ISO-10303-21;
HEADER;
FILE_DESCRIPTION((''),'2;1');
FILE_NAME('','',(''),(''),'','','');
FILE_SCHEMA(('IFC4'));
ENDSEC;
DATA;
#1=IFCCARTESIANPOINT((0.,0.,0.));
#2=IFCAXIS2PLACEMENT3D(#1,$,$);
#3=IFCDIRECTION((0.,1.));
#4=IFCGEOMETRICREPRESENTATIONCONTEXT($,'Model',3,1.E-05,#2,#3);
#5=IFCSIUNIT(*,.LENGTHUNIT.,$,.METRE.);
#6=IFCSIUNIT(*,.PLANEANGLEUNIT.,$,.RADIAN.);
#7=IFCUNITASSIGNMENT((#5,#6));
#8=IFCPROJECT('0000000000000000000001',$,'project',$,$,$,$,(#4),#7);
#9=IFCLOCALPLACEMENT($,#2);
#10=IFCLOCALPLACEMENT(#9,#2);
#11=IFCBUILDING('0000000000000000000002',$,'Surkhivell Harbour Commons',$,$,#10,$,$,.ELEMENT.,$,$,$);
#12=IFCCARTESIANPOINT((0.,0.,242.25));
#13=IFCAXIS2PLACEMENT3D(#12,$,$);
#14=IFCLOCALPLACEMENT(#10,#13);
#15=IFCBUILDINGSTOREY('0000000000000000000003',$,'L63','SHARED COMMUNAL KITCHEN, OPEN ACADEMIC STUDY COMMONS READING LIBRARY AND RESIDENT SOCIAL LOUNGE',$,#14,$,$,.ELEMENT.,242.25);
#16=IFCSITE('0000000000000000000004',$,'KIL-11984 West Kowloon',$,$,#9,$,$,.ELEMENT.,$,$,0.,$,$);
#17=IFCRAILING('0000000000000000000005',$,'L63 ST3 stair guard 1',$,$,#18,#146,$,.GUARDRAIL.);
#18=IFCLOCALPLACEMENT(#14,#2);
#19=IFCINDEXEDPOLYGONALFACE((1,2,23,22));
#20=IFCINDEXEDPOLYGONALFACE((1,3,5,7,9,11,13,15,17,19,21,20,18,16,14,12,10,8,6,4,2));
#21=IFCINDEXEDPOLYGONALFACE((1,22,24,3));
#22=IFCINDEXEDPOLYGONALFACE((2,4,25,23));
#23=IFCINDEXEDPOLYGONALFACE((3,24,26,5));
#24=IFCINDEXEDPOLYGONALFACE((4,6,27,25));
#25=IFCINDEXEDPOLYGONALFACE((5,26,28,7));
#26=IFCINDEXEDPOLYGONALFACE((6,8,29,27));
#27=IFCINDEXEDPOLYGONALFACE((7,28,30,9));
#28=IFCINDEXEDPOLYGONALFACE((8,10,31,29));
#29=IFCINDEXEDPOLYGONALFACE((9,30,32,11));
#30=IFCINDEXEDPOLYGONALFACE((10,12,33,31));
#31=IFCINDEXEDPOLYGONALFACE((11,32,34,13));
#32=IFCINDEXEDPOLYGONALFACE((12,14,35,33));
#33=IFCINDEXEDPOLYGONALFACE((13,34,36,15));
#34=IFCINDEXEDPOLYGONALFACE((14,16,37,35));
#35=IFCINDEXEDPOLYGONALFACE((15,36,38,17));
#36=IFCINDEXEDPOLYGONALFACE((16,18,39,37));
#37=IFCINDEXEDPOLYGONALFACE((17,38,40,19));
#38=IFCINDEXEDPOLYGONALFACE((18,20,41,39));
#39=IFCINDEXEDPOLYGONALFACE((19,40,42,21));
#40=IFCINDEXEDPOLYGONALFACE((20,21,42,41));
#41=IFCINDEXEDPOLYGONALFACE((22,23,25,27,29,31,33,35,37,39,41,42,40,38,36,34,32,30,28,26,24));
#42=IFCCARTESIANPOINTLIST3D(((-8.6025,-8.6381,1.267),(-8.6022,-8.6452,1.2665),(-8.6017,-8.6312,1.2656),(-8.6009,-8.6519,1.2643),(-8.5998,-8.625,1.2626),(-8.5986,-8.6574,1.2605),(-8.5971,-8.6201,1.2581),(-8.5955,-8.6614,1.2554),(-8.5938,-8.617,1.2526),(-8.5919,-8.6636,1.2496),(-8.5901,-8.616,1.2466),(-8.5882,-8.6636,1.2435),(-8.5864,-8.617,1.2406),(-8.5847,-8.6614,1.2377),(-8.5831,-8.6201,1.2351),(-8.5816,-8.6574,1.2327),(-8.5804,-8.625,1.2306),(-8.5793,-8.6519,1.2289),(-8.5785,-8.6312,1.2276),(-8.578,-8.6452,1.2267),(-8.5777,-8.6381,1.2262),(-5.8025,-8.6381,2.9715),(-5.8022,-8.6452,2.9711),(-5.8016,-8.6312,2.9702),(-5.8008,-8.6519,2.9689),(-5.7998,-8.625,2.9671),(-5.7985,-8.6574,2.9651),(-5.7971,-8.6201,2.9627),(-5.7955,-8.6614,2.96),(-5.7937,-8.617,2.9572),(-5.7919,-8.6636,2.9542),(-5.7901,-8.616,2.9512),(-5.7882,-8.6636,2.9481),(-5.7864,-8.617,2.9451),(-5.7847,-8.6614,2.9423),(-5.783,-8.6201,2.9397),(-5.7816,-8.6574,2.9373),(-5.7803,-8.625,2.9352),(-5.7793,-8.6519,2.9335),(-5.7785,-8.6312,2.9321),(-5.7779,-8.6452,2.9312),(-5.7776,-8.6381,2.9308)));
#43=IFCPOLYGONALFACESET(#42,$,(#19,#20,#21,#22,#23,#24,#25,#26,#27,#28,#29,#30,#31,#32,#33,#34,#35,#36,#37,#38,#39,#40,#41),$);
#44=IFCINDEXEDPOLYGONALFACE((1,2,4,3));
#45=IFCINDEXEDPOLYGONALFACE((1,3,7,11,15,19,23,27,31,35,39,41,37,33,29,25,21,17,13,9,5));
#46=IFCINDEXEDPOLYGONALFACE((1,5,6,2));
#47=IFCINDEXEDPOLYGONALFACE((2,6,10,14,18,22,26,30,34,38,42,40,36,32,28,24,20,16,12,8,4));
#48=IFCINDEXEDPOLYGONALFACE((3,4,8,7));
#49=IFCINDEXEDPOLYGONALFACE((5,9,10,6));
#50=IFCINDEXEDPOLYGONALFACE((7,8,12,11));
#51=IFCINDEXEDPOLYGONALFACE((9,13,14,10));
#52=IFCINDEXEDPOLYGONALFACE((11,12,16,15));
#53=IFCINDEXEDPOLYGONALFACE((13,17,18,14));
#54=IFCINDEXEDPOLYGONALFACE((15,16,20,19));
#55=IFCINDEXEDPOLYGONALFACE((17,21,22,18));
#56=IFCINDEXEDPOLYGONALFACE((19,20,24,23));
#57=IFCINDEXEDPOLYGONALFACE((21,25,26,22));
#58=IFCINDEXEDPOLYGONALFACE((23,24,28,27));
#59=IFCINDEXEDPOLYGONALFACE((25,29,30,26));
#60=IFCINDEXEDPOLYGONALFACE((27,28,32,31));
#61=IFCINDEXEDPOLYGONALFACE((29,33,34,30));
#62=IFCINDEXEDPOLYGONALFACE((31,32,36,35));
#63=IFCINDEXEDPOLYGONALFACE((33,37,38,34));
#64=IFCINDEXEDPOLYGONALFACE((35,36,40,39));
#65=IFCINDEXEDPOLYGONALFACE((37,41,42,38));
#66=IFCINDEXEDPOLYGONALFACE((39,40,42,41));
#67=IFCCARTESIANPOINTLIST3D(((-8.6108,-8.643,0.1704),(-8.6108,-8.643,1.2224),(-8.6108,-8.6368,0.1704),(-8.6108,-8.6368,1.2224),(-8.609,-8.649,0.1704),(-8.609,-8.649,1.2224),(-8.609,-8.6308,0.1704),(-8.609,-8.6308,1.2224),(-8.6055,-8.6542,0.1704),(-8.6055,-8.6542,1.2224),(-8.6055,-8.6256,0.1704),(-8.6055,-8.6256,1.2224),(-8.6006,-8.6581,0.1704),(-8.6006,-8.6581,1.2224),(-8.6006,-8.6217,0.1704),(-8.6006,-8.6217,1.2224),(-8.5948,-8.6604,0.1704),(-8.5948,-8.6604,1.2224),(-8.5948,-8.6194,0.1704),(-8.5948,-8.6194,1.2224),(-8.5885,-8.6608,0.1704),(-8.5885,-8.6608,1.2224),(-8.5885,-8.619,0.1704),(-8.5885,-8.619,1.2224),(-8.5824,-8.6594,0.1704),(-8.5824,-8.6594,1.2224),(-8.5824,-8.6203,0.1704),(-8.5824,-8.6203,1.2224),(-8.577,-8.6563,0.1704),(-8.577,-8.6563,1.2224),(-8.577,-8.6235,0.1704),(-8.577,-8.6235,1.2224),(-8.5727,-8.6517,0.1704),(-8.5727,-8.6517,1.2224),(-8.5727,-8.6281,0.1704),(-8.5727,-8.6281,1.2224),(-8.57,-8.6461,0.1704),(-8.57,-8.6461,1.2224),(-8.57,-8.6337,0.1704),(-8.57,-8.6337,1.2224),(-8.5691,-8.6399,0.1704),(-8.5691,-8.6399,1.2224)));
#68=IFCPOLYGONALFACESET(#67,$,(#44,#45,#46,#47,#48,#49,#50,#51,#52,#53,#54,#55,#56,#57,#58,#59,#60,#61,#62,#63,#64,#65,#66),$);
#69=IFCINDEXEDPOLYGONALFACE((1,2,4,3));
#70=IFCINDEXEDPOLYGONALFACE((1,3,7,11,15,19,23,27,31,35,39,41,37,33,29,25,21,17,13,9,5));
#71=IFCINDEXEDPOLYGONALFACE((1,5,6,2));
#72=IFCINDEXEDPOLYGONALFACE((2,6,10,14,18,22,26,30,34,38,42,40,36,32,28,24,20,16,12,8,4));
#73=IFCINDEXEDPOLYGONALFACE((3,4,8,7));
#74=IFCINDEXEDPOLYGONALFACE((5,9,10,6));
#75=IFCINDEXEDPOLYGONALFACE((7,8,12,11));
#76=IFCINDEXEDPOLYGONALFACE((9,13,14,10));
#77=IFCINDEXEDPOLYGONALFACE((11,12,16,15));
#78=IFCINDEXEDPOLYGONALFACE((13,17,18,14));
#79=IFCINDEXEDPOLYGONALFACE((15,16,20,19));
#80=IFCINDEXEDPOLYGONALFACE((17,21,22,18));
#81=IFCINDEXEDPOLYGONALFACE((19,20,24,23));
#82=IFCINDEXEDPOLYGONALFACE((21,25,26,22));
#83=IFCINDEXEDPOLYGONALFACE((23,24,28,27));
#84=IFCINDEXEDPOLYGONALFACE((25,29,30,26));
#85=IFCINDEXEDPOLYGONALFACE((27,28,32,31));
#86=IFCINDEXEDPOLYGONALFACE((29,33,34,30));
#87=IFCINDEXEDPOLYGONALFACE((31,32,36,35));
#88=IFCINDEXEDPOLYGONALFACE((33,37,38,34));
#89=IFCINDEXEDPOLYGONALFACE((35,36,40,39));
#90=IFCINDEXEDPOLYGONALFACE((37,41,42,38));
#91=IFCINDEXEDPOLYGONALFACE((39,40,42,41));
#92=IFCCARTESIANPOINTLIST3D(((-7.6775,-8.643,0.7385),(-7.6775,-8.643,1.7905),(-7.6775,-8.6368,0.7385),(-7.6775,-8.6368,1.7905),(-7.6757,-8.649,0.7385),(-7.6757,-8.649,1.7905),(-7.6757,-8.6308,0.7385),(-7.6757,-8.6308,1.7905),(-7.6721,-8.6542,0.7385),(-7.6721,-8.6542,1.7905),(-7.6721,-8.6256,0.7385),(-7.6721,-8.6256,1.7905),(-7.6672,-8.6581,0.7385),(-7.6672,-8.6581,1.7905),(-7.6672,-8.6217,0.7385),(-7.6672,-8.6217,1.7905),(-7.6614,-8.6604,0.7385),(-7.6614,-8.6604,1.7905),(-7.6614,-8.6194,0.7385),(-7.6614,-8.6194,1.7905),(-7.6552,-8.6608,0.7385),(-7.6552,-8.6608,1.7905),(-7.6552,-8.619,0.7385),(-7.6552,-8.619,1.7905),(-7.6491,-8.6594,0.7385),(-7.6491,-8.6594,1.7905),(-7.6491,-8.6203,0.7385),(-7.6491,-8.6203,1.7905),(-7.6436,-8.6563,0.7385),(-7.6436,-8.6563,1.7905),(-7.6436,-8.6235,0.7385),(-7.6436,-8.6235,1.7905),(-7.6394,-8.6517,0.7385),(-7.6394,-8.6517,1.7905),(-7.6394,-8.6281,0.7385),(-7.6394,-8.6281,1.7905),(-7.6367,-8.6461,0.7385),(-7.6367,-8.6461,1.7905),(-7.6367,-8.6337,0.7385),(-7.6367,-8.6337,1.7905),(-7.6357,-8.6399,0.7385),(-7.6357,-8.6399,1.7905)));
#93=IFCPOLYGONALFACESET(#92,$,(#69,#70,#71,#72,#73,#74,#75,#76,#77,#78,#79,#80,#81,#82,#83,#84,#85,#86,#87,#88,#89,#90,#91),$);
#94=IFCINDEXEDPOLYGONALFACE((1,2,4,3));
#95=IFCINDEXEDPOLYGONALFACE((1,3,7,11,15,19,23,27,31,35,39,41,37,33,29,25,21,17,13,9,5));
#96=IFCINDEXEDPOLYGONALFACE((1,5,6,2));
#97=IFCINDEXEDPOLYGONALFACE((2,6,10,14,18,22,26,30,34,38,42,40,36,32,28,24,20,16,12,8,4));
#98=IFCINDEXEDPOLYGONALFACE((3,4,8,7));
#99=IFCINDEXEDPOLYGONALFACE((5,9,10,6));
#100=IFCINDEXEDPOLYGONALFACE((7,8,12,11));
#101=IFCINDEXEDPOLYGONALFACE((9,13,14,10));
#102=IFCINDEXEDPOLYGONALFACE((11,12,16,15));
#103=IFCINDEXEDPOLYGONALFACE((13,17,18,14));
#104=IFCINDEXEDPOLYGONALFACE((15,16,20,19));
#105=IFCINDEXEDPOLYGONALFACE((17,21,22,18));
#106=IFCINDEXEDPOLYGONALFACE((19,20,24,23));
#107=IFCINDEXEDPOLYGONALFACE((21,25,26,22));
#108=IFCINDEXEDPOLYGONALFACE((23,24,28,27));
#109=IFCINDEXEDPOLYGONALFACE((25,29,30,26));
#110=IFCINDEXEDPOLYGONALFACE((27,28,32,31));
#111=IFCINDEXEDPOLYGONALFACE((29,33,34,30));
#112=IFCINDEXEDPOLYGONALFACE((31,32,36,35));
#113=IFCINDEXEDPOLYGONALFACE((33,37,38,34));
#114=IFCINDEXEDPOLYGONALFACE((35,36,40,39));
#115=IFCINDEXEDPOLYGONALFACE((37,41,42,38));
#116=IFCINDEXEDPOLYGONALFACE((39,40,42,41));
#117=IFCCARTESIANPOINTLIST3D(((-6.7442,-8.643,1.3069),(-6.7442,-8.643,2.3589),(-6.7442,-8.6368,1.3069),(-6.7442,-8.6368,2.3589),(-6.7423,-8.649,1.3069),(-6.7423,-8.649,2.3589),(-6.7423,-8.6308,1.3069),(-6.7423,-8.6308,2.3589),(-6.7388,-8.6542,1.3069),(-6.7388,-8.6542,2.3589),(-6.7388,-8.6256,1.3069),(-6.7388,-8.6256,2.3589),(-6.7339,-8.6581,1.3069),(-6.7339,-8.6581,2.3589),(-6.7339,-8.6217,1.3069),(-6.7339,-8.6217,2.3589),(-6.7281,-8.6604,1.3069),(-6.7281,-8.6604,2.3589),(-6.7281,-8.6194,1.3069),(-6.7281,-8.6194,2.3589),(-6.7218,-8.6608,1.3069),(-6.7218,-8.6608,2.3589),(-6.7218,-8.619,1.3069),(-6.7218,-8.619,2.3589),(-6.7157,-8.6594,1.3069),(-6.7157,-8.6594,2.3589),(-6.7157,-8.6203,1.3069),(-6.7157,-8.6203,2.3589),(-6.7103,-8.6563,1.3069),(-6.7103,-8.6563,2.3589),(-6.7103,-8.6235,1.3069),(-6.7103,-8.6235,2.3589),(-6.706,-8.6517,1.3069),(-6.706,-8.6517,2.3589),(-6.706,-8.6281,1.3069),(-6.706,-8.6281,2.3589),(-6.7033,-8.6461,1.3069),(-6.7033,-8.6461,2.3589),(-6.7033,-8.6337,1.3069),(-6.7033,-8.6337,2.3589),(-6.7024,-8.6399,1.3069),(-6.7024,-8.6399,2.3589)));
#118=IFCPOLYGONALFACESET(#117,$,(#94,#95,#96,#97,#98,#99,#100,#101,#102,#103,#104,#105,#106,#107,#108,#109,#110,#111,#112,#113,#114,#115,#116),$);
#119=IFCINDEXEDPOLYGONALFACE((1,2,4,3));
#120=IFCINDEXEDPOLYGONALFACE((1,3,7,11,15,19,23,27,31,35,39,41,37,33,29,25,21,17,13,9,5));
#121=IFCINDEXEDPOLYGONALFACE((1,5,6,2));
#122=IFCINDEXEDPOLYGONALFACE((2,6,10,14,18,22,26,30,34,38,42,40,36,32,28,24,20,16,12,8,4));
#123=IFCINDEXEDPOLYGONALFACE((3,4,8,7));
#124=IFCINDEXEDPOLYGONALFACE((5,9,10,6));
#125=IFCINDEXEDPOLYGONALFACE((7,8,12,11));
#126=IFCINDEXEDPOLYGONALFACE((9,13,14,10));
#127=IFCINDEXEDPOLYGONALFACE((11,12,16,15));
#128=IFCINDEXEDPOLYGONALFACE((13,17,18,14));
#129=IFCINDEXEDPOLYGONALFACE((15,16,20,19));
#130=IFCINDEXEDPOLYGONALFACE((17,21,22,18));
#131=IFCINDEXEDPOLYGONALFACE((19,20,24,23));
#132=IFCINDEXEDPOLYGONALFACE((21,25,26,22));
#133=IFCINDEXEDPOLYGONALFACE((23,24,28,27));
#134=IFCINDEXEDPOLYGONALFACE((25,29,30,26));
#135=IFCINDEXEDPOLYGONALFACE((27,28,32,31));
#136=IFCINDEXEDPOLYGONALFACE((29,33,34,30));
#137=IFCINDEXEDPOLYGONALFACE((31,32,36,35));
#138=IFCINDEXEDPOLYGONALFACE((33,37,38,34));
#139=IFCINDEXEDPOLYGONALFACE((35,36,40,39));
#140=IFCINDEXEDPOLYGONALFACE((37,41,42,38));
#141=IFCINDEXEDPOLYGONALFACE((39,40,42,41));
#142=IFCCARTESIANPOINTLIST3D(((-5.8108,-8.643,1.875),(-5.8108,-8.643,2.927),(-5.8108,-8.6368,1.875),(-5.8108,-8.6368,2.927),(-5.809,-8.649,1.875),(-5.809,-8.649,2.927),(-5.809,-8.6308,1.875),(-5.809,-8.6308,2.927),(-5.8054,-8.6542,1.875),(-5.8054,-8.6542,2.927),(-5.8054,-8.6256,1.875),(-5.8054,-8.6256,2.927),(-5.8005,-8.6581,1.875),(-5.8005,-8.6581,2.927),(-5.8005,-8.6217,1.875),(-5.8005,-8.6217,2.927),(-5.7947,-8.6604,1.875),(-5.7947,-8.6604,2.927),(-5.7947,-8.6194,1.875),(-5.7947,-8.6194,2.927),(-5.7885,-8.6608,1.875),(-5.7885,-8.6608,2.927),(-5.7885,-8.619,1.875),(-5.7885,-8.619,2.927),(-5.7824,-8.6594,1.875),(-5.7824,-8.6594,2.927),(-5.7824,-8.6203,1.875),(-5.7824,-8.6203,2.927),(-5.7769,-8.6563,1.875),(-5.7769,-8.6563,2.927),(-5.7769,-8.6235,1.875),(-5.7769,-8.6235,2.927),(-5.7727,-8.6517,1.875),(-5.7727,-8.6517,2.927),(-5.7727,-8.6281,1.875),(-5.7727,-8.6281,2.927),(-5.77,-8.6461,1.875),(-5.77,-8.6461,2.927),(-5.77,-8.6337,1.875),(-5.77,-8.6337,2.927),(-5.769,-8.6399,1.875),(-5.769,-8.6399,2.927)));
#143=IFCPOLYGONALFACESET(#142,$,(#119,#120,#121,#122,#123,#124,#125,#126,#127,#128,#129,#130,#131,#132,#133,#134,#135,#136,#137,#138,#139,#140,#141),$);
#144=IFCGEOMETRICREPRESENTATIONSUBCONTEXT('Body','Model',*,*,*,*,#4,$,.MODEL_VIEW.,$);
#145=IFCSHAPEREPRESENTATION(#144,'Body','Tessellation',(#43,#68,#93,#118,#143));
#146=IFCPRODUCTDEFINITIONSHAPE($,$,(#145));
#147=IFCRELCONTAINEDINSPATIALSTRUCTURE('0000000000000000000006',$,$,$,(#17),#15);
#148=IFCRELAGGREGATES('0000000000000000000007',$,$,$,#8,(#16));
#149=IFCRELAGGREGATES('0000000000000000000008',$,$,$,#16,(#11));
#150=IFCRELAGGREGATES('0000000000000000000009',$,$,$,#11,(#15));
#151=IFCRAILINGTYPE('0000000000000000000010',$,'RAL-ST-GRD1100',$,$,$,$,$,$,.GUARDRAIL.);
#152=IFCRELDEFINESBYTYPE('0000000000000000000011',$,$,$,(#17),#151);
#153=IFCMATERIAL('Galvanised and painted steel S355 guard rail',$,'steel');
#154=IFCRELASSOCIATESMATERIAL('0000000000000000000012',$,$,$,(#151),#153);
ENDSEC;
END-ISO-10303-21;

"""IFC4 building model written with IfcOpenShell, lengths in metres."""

from ifc_helpers import new_model, si_unit, direction, frame, origin, origin_2d, place, context, subcontext, project, spatial, circle, extrude, material, type_object, element, save


model = new_model("IFC4")

# Units and contexts
model_context = context("Model", 3, precision=1e-05, world=origin(), true_north=direction((0.0, 1.0)))
body_context = subcontext(model_context, "Body", "Model", "MODEL_VIEW")
ifc_project = project(units=[si_unit("LENGTHUNIT", "METRE"), si_unit("PLANEANGLEUNIT", "RADIAN")], contexts=[model_context])

# Site, building, storey
site_placement = place(None, origin())
site = spatial("IfcSite", under=ifc_project, at=site_placement, Name="KIL-11984 West Kowloon", CompositionType="ELEMENT", RefElevation=0.0)
building_placement = place(site_placement, origin())
building = spatial("IfcBuilding", under=site, at=building_placement, Name="Surkhivell Harbour Commons", CompositionType="ELEMENT")
storey_placement = place(building_placement, frame((0.0, 0.0, 242.25)))
storey = spatial("IfcBuildingStorey", under=building, at=storey_placement, Name="L63", Description="SHARED COMMUNAL KITCHEN, OPEN ACADEMIC STUDY COMMONS READING LIBRARY AND RESIDENT SOCIAL LOUNGE", CompositionType="ELEMENT", Elevation=242.25)

# Railing
ifc_material_1 = material(Name="Galvanised and painted steel S355 guard rail", Category="steel")
railing_type_1 = type_object("IfcRailingType", Name="RAL-ST-GRD1100", PredefinedType="GUARDRAIL", material=ifc_material_1)
railing_1_placement = place(storey_placement, frame((-8.5901, -8.6399, 0.1704)))
element("IfcRailing", 1, at=railing_1_placement, inside=storey, type_object=railing_type_1, Name="L63 ST3 stair guard 1", PredefinedType="GUARDRAIL", context=body_context, shape_type="SweptSolid", body=[
    extrude(circle(Radius=0.0239, at=origin_2d()), frame((0.0, 0.0, 1.0762), z_axis=(0.85417, 0.0, 0.519994), x_axis=(0.0, 1.0, 0.0)), (0.0, 0.0, 1.0), 3.2781),
    extrude(circle(Radius=0.021, at=origin_2d()), origin(), (0.0, 0.0, 1.0), 1.052),
    extrude(circle(Radius=0.021, at=origin_2d()), frame((0.9333, 0.0, 0.5681)), (0.0, 0.0, 1.0), 1.052),
    extrude(circle(Radius=0.021, at=origin_2d()), frame((1.8667, 0.0, 1.1365)), (0.0, 0.0, 1.0), 1.052),
    extrude(circle(Radius=0.021, at=origin_2d()), frame((2.8, 0.0, 1.7046)), (0.0, 0.0, 1.0), 1.052),
])

save(model, "model.ifc")
